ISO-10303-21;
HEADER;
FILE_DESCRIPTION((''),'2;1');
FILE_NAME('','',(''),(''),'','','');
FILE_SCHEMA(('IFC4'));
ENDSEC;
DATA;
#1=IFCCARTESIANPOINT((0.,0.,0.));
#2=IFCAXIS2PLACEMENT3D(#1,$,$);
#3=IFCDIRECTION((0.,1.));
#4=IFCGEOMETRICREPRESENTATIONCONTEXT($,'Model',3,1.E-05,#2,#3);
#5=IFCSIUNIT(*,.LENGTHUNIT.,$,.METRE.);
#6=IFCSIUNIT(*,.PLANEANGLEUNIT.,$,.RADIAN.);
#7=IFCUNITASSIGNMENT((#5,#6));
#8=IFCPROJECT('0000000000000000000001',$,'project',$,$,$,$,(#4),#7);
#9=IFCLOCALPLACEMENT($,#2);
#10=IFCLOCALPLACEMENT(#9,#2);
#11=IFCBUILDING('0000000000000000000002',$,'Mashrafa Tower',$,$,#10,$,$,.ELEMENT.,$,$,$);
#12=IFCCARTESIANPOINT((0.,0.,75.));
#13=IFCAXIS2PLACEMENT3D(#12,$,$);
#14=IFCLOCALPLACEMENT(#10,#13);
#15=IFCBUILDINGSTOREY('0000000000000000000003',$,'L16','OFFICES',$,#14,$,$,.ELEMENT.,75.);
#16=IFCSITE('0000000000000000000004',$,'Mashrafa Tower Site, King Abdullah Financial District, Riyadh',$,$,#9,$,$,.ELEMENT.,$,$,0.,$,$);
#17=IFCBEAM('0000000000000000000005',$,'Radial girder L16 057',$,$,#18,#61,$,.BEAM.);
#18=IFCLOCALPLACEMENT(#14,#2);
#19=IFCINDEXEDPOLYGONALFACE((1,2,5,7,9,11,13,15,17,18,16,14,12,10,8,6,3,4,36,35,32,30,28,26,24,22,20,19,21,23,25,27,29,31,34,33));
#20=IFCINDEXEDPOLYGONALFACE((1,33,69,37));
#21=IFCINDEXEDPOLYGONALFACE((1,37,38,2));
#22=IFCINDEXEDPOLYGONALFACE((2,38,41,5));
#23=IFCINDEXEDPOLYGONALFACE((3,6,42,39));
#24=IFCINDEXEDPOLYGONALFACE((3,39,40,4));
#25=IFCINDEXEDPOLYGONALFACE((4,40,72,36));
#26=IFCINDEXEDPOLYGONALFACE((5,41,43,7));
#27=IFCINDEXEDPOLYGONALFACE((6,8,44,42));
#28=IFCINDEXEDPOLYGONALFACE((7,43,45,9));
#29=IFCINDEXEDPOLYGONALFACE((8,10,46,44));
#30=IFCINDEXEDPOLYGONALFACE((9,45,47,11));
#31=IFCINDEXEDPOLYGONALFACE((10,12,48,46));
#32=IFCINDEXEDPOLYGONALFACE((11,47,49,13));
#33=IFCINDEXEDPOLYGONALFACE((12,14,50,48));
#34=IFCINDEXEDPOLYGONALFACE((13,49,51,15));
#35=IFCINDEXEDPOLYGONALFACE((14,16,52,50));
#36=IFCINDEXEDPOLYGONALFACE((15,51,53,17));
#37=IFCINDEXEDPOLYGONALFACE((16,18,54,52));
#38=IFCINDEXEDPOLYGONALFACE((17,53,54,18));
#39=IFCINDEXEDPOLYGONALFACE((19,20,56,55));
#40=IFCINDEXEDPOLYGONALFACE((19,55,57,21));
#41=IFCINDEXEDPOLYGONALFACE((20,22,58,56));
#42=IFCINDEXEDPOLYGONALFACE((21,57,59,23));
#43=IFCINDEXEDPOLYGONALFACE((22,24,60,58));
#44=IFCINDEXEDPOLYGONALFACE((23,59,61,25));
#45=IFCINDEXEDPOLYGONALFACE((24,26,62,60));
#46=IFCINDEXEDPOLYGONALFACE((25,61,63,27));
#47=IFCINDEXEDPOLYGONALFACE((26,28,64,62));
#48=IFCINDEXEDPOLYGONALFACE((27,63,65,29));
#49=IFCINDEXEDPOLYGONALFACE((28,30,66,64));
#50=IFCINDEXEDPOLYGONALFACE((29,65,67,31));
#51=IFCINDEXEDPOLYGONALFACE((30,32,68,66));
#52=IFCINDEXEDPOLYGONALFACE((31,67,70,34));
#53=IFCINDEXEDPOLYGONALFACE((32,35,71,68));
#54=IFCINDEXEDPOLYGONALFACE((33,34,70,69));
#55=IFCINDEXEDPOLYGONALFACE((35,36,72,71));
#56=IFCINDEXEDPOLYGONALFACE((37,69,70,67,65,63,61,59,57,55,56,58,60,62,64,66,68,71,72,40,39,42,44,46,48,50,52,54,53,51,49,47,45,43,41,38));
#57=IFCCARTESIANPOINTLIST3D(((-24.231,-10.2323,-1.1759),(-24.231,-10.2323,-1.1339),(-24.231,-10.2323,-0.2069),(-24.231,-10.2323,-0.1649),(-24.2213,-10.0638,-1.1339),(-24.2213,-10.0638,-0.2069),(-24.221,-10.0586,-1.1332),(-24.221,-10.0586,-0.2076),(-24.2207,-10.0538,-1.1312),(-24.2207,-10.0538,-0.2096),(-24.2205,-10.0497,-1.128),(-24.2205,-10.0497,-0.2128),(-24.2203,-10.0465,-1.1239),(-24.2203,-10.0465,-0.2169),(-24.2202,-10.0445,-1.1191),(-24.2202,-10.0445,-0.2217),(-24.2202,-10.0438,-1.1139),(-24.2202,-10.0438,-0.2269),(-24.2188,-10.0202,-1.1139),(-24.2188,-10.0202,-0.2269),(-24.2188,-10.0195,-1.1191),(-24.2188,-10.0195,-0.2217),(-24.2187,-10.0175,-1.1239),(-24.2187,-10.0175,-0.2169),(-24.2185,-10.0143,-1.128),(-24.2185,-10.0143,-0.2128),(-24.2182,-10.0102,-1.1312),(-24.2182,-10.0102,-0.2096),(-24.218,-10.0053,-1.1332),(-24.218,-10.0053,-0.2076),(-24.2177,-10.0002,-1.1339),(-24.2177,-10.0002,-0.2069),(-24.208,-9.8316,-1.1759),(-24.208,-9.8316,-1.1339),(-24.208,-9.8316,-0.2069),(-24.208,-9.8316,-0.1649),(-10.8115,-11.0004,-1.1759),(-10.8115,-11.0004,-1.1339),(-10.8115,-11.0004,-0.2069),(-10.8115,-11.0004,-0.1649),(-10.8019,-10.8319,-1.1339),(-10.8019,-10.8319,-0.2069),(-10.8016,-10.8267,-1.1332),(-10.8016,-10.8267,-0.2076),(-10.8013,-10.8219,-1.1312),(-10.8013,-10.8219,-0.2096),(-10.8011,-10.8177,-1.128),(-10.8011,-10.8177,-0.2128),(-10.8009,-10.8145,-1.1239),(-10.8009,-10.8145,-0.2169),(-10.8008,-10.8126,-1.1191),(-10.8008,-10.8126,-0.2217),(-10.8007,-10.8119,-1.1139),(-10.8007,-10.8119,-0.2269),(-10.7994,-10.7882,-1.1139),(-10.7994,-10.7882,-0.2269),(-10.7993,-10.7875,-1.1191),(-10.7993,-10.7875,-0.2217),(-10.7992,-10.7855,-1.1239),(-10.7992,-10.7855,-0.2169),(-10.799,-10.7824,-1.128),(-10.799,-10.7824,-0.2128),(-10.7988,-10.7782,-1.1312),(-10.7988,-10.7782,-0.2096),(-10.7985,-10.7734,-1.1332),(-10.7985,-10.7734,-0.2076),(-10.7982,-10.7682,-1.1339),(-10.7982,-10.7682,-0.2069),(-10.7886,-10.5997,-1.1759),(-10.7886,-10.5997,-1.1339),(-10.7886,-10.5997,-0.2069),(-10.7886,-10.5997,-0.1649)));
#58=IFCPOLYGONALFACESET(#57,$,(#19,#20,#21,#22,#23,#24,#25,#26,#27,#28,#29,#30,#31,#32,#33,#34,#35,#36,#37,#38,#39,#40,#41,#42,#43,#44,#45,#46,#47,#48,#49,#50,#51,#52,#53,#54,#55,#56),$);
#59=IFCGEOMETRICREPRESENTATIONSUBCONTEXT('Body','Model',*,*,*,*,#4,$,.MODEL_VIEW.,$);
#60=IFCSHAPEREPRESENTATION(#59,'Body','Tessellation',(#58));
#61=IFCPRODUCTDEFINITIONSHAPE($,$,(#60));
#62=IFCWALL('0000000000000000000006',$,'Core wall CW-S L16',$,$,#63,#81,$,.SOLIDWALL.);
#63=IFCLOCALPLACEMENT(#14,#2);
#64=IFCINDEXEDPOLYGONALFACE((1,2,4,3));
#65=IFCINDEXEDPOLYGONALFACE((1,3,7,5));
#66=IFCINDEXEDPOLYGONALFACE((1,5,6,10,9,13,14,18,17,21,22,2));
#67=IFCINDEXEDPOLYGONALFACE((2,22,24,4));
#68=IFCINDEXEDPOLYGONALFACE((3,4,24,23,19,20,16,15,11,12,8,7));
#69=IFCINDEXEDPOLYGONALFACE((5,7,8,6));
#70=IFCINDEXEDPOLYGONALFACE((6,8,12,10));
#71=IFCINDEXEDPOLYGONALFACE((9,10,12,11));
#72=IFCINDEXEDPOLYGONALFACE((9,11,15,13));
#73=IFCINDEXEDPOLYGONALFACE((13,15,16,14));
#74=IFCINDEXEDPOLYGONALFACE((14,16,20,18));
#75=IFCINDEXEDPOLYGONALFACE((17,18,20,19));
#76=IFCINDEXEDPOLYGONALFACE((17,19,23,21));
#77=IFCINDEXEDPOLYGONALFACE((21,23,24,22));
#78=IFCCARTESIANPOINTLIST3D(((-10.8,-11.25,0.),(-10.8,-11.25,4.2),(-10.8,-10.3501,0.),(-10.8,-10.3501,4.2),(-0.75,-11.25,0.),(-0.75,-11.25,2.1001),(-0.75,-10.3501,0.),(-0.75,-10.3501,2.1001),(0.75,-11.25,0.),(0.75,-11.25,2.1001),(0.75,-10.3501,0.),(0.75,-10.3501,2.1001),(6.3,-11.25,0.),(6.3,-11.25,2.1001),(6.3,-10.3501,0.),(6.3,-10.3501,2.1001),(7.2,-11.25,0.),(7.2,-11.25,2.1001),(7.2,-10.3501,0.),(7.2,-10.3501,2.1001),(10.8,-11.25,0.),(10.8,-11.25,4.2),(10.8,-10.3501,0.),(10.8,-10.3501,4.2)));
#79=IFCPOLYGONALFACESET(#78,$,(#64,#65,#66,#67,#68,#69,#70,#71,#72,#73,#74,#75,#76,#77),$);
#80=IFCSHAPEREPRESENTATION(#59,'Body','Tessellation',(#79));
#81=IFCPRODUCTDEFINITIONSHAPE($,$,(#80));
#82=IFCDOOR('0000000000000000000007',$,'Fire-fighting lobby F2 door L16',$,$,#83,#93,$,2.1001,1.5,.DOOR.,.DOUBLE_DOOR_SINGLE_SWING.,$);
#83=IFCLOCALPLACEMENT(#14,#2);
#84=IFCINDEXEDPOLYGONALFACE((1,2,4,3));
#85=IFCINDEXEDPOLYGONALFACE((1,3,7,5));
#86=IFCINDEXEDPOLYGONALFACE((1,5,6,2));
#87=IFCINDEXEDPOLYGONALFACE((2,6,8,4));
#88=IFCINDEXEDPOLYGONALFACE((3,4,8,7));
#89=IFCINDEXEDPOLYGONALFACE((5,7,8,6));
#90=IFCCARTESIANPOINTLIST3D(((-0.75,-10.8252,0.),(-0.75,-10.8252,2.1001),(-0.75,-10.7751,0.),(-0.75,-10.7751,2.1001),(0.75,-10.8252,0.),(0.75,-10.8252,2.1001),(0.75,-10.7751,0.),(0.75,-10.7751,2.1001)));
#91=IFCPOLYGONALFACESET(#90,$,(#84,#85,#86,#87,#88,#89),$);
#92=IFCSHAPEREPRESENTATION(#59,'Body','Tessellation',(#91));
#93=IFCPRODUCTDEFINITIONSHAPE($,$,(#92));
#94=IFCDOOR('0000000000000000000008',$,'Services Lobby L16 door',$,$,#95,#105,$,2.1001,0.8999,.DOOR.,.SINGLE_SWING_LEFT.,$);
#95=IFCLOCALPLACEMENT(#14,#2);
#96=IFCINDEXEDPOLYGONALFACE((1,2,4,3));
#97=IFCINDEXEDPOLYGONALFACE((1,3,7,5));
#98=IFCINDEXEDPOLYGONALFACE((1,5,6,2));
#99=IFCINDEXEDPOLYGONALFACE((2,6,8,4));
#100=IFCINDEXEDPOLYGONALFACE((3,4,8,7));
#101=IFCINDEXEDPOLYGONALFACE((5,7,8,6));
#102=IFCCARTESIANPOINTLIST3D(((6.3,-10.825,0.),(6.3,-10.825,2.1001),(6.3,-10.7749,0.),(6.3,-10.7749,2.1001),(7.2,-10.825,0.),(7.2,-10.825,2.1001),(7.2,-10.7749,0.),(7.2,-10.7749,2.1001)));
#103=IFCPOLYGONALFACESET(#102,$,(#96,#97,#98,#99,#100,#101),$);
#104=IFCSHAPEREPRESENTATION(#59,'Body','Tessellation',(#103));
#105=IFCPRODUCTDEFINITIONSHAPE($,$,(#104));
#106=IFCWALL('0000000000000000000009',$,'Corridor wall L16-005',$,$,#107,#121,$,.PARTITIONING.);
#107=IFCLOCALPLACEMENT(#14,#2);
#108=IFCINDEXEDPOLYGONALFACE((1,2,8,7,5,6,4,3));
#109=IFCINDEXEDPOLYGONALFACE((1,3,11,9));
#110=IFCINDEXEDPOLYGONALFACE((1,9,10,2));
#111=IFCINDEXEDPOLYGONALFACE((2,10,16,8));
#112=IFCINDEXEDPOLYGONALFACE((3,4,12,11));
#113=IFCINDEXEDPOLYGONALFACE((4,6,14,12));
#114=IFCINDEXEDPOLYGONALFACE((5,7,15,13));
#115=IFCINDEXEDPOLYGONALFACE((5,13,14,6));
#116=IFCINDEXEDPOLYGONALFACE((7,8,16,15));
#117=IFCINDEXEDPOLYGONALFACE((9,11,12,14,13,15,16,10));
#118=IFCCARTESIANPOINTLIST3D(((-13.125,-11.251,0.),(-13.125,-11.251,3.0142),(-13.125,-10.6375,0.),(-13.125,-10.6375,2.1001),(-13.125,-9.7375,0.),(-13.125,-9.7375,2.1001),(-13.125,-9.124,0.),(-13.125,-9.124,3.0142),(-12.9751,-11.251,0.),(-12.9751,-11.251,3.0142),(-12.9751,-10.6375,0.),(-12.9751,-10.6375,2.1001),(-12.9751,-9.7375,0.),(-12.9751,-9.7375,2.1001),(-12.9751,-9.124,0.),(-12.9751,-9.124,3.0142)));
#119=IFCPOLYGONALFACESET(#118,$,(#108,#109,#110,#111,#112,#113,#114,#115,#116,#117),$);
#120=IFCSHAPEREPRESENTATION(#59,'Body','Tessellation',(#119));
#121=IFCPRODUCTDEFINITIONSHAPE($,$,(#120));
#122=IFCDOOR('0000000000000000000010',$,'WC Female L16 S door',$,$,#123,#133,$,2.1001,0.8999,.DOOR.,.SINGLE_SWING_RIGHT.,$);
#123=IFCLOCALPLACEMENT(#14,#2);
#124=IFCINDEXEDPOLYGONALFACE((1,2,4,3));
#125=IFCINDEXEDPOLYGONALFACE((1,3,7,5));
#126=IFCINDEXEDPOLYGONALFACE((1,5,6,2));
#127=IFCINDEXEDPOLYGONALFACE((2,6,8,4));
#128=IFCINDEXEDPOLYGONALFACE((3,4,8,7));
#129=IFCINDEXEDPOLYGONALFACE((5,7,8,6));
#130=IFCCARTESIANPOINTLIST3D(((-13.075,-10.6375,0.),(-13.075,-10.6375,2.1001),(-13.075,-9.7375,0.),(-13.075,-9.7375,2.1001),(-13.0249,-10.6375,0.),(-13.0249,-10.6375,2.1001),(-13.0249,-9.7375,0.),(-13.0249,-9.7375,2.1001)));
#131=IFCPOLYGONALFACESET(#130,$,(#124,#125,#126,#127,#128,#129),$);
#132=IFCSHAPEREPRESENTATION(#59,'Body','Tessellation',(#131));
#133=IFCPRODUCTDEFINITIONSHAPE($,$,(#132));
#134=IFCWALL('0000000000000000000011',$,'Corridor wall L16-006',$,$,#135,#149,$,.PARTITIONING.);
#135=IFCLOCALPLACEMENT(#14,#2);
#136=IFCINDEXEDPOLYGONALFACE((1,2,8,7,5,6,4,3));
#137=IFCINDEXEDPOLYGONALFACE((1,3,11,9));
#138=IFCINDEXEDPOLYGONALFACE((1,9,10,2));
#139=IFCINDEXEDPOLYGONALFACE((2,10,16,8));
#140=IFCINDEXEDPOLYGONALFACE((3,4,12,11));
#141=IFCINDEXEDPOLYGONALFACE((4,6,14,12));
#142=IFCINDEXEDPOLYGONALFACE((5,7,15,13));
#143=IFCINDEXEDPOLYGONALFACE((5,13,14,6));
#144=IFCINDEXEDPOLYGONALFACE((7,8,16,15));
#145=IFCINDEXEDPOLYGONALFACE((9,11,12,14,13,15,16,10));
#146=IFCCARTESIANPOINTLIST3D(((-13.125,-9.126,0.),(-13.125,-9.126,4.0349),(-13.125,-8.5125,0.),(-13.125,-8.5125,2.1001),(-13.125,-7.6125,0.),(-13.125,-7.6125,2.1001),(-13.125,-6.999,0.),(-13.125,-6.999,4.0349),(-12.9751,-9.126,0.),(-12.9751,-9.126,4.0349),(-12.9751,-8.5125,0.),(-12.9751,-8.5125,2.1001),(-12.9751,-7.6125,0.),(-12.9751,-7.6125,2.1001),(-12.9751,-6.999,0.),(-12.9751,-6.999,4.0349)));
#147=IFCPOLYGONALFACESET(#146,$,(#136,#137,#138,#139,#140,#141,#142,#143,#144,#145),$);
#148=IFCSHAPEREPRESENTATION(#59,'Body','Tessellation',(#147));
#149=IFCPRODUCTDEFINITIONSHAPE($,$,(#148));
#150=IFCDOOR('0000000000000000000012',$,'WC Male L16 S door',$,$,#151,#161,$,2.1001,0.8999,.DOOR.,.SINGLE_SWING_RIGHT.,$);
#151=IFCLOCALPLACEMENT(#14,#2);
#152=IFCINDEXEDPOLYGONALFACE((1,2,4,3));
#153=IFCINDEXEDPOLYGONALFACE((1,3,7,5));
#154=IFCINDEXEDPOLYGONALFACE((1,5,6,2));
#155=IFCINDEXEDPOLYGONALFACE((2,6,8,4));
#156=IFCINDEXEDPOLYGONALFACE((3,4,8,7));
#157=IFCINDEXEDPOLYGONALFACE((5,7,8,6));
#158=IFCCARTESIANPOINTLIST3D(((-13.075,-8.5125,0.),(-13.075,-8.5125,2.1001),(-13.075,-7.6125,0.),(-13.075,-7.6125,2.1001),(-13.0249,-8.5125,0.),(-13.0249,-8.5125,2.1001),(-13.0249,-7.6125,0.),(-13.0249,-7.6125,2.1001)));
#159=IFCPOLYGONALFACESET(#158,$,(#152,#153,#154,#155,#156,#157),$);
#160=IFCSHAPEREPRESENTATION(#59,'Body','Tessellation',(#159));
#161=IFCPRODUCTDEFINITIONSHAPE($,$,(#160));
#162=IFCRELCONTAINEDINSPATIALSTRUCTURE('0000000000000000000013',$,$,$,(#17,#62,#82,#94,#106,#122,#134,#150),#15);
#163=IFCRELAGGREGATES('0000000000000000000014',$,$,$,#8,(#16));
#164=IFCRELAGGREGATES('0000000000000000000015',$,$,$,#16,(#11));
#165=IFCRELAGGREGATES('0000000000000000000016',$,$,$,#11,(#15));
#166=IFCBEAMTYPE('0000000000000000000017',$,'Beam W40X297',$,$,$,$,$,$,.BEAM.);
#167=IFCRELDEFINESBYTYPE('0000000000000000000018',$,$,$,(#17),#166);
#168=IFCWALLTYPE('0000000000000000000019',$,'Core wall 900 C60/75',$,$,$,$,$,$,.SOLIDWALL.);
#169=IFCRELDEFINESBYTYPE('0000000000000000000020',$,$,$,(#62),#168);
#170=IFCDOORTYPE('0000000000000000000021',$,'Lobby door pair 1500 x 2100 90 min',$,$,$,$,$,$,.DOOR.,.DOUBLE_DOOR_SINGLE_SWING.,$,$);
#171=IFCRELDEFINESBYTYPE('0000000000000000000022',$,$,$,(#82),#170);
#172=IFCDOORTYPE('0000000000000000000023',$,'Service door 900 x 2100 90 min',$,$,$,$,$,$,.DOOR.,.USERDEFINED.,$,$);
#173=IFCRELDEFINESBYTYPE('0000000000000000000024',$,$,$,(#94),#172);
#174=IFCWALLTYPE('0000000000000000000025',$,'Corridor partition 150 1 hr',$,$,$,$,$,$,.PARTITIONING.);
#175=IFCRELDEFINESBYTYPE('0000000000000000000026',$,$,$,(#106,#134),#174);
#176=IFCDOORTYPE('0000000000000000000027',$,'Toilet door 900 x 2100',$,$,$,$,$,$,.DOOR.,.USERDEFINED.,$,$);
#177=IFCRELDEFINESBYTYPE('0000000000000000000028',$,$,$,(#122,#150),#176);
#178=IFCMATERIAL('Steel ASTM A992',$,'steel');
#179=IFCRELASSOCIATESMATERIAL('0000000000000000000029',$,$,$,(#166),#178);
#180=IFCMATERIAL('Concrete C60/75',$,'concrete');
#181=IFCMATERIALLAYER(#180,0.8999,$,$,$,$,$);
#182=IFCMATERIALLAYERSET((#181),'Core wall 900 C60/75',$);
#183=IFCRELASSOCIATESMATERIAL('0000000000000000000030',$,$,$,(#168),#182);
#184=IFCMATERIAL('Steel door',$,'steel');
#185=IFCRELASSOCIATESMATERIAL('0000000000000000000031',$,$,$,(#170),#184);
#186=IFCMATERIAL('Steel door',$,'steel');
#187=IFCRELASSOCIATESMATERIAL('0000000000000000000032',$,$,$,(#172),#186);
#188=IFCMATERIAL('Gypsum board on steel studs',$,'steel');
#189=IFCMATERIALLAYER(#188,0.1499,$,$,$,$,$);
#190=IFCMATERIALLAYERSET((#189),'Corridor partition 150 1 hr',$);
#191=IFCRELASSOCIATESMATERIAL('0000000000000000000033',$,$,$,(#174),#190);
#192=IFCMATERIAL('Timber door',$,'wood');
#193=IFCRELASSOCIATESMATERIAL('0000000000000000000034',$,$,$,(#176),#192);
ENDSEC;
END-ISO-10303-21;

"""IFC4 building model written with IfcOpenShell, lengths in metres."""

from ifc_helpers import new_model, si_unit, direction, frame, frame_2d, origin, origin_2d, place, context, subcontext, project, spatial, rectangle, i_section, extrude, material, layer, layer_set, material_profile, profile_set, type_object, element, fill, save


model = new_model("IFC4")

# Units and contexts
model_context = context("Model", 3, precision=1e-05, world=origin(), true_north=direction((0.0, 1.0)))
body_context = subcontext(model_context, "Body", "Model", "MODEL_VIEW")
ifc_project = project(units=[si_unit("LENGTHUNIT", "METRE"), si_unit("PLANEANGLEUNIT", "RADIAN")], contexts=[model_context])

# Site, building, storey
site_placement = place(None, origin())
site = spatial("IfcSite", under=ifc_project, at=site_placement, Name="Mashrafa Tower Site, King Abdullah Financial District, Riyadh", CompositionType="ELEMENT", RefElevation=0.0)
building_placement = place(site_placement, origin())
building = spatial("IfcBuilding", under=site, at=building_placement, Name="Mashrafa Tower", CompositionType="ELEMENT")
storey_placement = place(building_placement, frame((0.0, 0.0, 75.0)))
storey = spatial("IfcBuildingStorey", under=building, at=storey_placement, Name="L16", Description="OFFICES", CompositionType="ELEMENT", Elevation=75.0)

# Beam
ifc_material_1 = material(Name="Steel ASTM A992", Category="steel")
ifc_material_profile_1 = material_profile(ifc_material_1, i_section(OverallWidth=0.4014, OverallDepth=1.011, WebThickness=0.0237, FlangeThickness=0.042, FilletRadius=0.02, at=origin_2d()), Name="W40X297")
ifc_profile_set_1 = profile_set([ifc_material_profile_1], Name="Steel ASTM A992")
beam_type_1 = type_object("IfcBeamType", Name="Beam W40X297", PredefinedType="BEAM", material=ifc_profile_set_1)
beam_1_placement = place(storey_placement, frame((-10.8, -10.8, -0.6704), z_axis=(-0.998366, 0.057142, 0.0), x_axis=(-0.057142, -0.998366, 0.0)))
element("IfcBeam", 1, at=beam_1_placement, inside=storey, type_object=beam_type_1, Name="Radial girder L16 057", PredefinedType="BEAM", context=body_context, shape_type="SweptSolid", body=[
    extrude(i_section(OverallWidth=0.4014, OverallDepth=1.011, WebThickness=0.0237, FlangeThickness=0.042, FilletRadius=0.02, at=origin_2d()), origin(), (0.0, 0.0, 1.0), 13.4414),
])

# Wall, openings, doors
ifc_material_2 = material(Name="Concrete C60/75", Category="concrete")
ifc_layer_1 = layer(ifc_material_2, 0.8999)
ifc_layer_set_1 = layer_set([ifc_layer_1], Name="Core wall 900 C60/75")
wall_type_1 = type_object("IfcWallType", Name="Core wall 900 C60/75", PredefinedType="SOLIDWALL", material=ifc_layer_set_1)
wall_1_placement = place(storey_placement, frame((-10.8, -10.8, 0.0), z_axis=(0.0, 0.0, 1.0), x_axis=(1.0, 0.0, 0.0)))
wall_1 = element("IfcWall", 2, at=wall_1_placement, inside=storey, type_object=wall_type_1, Name="Core wall CW-S L16", PredefinedType="SOLIDWALL", context=body_context, shape_type="SweptSolid", body=[
    extrude(rectangle(XDim=21.6001, YDim=0.8999, at=frame_2d((10.8, 0.0))), origin(), (0.0, 0.0, 1.0), 4.2),
])
opening_1_placement = place(wall_1_placement, frame((10.05, 0.0, 0.0)))
opening_1 = element("IfcOpeningElement", 3, at=opening_1_placement, cuts=wall_1, PredefinedType="OPENING", context=body_context, shape_type="SweptSolid", body=[
    extrude(rectangle(XDim=1.5, YDim=2.1001, at=frame_2d((0.75, 1.05))), frame((0.0, 0.46, 0.0), z_axis=(0.0, -1.0, 0.0), x_axis=(1.0, 0.0, 0.0)), (0.0, 0.0, 1.0), 0.9199),
])
opening_2_placement = place(wall_1_placement, frame((17.1001, 0.0, 0.0)))
opening_2 = element("IfcOpeningElement", 4, at=opening_2_placement, cuts=wall_1, PredefinedType="OPENING", context=body_context, shape_type="SweptSolid", body=[
    extrude(rectangle(XDim=0.8999, YDim=2.1001, at=frame_2d((0.45, 1.05))), frame((0.0, 0.46, 0.0), z_axis=(0.0, -1.0, 0.0), x_axis=(1.0, 0.0, 0.0)), (0.0, 0.0, 1.0), 0.9199),
])
ifc_material_3 = material(Name="Steel door", Category="steel")
door_type_1 = type_object("IfcDoorType", Name="Lobby door pair 1500 x 2100 90 min", OperationType="DOUBLE_DOOR_SINGLE_SWING", PredefinedType="DOOR", material=ifc_material_3)
door_1_placement = place(opening_1_placement, origin())
door_1 = element("IfcDoor", 5, at=door_1_placement, inside=storey, type_object=door_type_1, Name="Fire-fighting lobby F2 door L16", OperationType="DOUBLE_DOOR_SINGLE_SWING", OverallHeight=2.1001, OverallWidth=1.5, PredefinedType="DOOR", context=body_context, shape_type="SweptSolid", body=[
    extrude(rectangle(XDim=1.5, YDim=2.1001, at=frame_2d((0.75, 1.05))), frame((0.0, 0.0249, 0.0), z_axis=(0.0, -1.0, 0.0), x_axis=(1.0, 0.0, 0.0)), (0.0, 0.0, 1.0), 0.05),
])
fill(opening_1, door_1)
ifc_material_4 = material(Name="Steel door", Category="steel")
door_type_2 = type_object("IfcDoorType", Name="Service door 900 x 2100 90 min", OperationType="USERDEFINED", PredefinedType="DOOR", material=ifc_material_4)
door_2_placement = place(opening_2_placement, frame((0.8999, 0.0, 0.0), z_axis=(0.0, 0.0, 1.0), x_axis=(-1.0, 0.0, 0.0)))
door_2 = element("IfcDoor", 6, at=door_2_placement, inside=storey, type_object=door_type_2, Name="Services Lobby L16 door", OperationType="SINGLE_SWING_LEFT", OverallHeight=2.1001, OverallWidth=0.8999, PredefinedType="DOOR", context=body_context, shape_type="SweptSolid", body=[
    extrude(rectangle(XDim=0.8999, YDim=2.1001, at=frame_2d((0.45, 1.05))), frame((0.0, 0.0249, 0.0), z_axis=(0.0, -1.0, 0.0), x_axis=(1.0, 0.0, 0.0)), (0.0, 0.0, 1.0), 0.05),
])
fill(opening_2, door_2)

# Walls, openings, doors
ifc_material_5 = material(Name="Gypsum board on steel studs", Category="steel")
ifc_layer_2 = layer(ifc_material_5, 0.1499)
ifc_layer_set_2 = layer_set([ifc_layer_2], Name="Corridor partition 150 1 hr")
wall_type_2 = type_object("IfcWallType", Name="Corridor partition 150 1 hr", PredefinedType="PARTITIONING", material=ifc_layer_set_2)
wall_2_placement = place(storey_placement, frame((-13.05, -9.124, 0.0), z_axis=(0.0, 0.0, 1.0), x_axis=(0.0, -1.0, 0.0)))
wall_2 = element("IfcWall", 7, at=wall_2_placement, inside=storey, type_object=wall_type_2, Name="Corridor wall L16-005", PredefinedType="PARTITIONING", context=body_context, shape_type="SweptSolid", body=[
    extrude(rectangle(XDim=2.127, YDim=0.1499, at=frame_2d((1.0635, 0.0))), origin(), (0.0, 0.0, 1.0), 3.0142),
])
opening_3_placement = place(wall_2_placement, frame((0.6135, 0.0, 0.0)))
opening_3 = element("IfcOpeningElement", 8, at=opening_3_placement, cuts=wall_2, PredefinedType="OPENING", context=body_context, shape_type="SweptSolid", body=[
    extrude(rectangle(XDim=0.8999, YDim=2.1001, at=frame_2d((0.45, 1.05))), frame((0.0, 0.085, 0.0), z_axis=(0.0, -1.0, 0.0), x_axis=(1.0, 0.0, 0.0)), (0.0, 0.0, 1.0), 0.1699),
])
ifc_material_6 = material(Name="Timber door", Category="wood")
door_type_3 = type_object("IfcDoorType", Name="Toilet door 900 x 2100", OperationType="USERDEFINED", PredefinedType="DOOR", material=ifc_material_6)
door_3_placement = place(opening_3_placement, frame((0.8999, 0.0, 0.0), z_axis=(0.0, 0.0, 1.0), x_axis=(-1.0, 0.0, 0.0)))
door_3 = element("IfcDoor", 9, at=door_3_placement, inside=storey, type_object=door_type_3, Name="WC Female L16 S door", OperationType="SINGLE_SWING_RIGHT", OverallHeight=2.1001, OverallWidth=0.8999, PredefinedType="DOOR", context=body_context, shape_type="SweptSolid", body=[
    extrude(rectangle(XDim=0.8999, YDim=2.1001, at=frame_2d((0.45, 1.05))), frame((0.0, 0.0249, 0.0), z_axis=(0.0, -1.0, 0.0), x_axis=(1.0, 0.0, 0.0)), (0.0, 0.0, 1.0), 0.05),
])
fill(opening_3, door_3)
wall_3_placement = place(storey_placement, frame((-13.05, -6.999, 0.0), z_axis=(0.0, 0.0, 1.0), x_axis=(0.0, -1.0, 0.0)))
wall_3 = element("IfcWall", 10, at=wall_3_placement, inside=storey, type_object=wall_type_2, Name="Corridor wall L16-006", PredefinedType="PARTITIONING", context=body_context, shape_type="SweptSolid", body=[
    extrude(rectangle(XDim=2.127, YDim=0.1499, at=frame_2d((1.0635, 0.0))), origin(), (0.0, 0.0, 1.0), 4.0349),
])
opening_4_placement = place(wall_3_placement, frame((0.6135, 0.0, 0.0)))
opening_4 = element("IfcOpeningElement", 11, at=opening_4_placement, cuts=wall_3, PredefinedType="OPENING", context=body_context, shape_type="SweptSolid", body=[
    extrude(rectangle(XDim=0.8999, YDim=2.1001, at=frame_2d((0.45, 1.05))), frame((0.0, 0.085, 0.0), z_axis=(0.0, -1.0, 0.0), x_axis=(1.0, 0.0, 0.0)), (0.0, 0.0, 1.0), 0.1699),
])
door_4_placement = place(opening_4_placement, frame((0.8999, 0.0, 0.0), z_axis=(0.0, 0.0, 1.0), x_axis=(-1.0, 0.0, 0.0)))
door_4 = element("IfcDoor", 12, at=door_4_placement, inside=storey, type_object=door_type_3, Name="WC Male L16 S door", OperationType="SINGLE_SWING_RIGHT", OverallHeight=2.1001, OverallWidth=0.8999, PredefinedType="DOOR", context=body_context, shape_type="SweptSolid", body=[
    extrude(rectangle(XDim=0.8999, YDim=2.1001, at=frame_2d((0.45, 1.05))), frame((0.0, 0.0249, 0.0), z_axis=(0.0, -1.0, 0.0), x_axis=(1.0, 0.0, 0.0)), (0.0, 0.0, 1.0), 0.05),
])
fill(opening_4, door_4)

save(model, "model.ifc")
